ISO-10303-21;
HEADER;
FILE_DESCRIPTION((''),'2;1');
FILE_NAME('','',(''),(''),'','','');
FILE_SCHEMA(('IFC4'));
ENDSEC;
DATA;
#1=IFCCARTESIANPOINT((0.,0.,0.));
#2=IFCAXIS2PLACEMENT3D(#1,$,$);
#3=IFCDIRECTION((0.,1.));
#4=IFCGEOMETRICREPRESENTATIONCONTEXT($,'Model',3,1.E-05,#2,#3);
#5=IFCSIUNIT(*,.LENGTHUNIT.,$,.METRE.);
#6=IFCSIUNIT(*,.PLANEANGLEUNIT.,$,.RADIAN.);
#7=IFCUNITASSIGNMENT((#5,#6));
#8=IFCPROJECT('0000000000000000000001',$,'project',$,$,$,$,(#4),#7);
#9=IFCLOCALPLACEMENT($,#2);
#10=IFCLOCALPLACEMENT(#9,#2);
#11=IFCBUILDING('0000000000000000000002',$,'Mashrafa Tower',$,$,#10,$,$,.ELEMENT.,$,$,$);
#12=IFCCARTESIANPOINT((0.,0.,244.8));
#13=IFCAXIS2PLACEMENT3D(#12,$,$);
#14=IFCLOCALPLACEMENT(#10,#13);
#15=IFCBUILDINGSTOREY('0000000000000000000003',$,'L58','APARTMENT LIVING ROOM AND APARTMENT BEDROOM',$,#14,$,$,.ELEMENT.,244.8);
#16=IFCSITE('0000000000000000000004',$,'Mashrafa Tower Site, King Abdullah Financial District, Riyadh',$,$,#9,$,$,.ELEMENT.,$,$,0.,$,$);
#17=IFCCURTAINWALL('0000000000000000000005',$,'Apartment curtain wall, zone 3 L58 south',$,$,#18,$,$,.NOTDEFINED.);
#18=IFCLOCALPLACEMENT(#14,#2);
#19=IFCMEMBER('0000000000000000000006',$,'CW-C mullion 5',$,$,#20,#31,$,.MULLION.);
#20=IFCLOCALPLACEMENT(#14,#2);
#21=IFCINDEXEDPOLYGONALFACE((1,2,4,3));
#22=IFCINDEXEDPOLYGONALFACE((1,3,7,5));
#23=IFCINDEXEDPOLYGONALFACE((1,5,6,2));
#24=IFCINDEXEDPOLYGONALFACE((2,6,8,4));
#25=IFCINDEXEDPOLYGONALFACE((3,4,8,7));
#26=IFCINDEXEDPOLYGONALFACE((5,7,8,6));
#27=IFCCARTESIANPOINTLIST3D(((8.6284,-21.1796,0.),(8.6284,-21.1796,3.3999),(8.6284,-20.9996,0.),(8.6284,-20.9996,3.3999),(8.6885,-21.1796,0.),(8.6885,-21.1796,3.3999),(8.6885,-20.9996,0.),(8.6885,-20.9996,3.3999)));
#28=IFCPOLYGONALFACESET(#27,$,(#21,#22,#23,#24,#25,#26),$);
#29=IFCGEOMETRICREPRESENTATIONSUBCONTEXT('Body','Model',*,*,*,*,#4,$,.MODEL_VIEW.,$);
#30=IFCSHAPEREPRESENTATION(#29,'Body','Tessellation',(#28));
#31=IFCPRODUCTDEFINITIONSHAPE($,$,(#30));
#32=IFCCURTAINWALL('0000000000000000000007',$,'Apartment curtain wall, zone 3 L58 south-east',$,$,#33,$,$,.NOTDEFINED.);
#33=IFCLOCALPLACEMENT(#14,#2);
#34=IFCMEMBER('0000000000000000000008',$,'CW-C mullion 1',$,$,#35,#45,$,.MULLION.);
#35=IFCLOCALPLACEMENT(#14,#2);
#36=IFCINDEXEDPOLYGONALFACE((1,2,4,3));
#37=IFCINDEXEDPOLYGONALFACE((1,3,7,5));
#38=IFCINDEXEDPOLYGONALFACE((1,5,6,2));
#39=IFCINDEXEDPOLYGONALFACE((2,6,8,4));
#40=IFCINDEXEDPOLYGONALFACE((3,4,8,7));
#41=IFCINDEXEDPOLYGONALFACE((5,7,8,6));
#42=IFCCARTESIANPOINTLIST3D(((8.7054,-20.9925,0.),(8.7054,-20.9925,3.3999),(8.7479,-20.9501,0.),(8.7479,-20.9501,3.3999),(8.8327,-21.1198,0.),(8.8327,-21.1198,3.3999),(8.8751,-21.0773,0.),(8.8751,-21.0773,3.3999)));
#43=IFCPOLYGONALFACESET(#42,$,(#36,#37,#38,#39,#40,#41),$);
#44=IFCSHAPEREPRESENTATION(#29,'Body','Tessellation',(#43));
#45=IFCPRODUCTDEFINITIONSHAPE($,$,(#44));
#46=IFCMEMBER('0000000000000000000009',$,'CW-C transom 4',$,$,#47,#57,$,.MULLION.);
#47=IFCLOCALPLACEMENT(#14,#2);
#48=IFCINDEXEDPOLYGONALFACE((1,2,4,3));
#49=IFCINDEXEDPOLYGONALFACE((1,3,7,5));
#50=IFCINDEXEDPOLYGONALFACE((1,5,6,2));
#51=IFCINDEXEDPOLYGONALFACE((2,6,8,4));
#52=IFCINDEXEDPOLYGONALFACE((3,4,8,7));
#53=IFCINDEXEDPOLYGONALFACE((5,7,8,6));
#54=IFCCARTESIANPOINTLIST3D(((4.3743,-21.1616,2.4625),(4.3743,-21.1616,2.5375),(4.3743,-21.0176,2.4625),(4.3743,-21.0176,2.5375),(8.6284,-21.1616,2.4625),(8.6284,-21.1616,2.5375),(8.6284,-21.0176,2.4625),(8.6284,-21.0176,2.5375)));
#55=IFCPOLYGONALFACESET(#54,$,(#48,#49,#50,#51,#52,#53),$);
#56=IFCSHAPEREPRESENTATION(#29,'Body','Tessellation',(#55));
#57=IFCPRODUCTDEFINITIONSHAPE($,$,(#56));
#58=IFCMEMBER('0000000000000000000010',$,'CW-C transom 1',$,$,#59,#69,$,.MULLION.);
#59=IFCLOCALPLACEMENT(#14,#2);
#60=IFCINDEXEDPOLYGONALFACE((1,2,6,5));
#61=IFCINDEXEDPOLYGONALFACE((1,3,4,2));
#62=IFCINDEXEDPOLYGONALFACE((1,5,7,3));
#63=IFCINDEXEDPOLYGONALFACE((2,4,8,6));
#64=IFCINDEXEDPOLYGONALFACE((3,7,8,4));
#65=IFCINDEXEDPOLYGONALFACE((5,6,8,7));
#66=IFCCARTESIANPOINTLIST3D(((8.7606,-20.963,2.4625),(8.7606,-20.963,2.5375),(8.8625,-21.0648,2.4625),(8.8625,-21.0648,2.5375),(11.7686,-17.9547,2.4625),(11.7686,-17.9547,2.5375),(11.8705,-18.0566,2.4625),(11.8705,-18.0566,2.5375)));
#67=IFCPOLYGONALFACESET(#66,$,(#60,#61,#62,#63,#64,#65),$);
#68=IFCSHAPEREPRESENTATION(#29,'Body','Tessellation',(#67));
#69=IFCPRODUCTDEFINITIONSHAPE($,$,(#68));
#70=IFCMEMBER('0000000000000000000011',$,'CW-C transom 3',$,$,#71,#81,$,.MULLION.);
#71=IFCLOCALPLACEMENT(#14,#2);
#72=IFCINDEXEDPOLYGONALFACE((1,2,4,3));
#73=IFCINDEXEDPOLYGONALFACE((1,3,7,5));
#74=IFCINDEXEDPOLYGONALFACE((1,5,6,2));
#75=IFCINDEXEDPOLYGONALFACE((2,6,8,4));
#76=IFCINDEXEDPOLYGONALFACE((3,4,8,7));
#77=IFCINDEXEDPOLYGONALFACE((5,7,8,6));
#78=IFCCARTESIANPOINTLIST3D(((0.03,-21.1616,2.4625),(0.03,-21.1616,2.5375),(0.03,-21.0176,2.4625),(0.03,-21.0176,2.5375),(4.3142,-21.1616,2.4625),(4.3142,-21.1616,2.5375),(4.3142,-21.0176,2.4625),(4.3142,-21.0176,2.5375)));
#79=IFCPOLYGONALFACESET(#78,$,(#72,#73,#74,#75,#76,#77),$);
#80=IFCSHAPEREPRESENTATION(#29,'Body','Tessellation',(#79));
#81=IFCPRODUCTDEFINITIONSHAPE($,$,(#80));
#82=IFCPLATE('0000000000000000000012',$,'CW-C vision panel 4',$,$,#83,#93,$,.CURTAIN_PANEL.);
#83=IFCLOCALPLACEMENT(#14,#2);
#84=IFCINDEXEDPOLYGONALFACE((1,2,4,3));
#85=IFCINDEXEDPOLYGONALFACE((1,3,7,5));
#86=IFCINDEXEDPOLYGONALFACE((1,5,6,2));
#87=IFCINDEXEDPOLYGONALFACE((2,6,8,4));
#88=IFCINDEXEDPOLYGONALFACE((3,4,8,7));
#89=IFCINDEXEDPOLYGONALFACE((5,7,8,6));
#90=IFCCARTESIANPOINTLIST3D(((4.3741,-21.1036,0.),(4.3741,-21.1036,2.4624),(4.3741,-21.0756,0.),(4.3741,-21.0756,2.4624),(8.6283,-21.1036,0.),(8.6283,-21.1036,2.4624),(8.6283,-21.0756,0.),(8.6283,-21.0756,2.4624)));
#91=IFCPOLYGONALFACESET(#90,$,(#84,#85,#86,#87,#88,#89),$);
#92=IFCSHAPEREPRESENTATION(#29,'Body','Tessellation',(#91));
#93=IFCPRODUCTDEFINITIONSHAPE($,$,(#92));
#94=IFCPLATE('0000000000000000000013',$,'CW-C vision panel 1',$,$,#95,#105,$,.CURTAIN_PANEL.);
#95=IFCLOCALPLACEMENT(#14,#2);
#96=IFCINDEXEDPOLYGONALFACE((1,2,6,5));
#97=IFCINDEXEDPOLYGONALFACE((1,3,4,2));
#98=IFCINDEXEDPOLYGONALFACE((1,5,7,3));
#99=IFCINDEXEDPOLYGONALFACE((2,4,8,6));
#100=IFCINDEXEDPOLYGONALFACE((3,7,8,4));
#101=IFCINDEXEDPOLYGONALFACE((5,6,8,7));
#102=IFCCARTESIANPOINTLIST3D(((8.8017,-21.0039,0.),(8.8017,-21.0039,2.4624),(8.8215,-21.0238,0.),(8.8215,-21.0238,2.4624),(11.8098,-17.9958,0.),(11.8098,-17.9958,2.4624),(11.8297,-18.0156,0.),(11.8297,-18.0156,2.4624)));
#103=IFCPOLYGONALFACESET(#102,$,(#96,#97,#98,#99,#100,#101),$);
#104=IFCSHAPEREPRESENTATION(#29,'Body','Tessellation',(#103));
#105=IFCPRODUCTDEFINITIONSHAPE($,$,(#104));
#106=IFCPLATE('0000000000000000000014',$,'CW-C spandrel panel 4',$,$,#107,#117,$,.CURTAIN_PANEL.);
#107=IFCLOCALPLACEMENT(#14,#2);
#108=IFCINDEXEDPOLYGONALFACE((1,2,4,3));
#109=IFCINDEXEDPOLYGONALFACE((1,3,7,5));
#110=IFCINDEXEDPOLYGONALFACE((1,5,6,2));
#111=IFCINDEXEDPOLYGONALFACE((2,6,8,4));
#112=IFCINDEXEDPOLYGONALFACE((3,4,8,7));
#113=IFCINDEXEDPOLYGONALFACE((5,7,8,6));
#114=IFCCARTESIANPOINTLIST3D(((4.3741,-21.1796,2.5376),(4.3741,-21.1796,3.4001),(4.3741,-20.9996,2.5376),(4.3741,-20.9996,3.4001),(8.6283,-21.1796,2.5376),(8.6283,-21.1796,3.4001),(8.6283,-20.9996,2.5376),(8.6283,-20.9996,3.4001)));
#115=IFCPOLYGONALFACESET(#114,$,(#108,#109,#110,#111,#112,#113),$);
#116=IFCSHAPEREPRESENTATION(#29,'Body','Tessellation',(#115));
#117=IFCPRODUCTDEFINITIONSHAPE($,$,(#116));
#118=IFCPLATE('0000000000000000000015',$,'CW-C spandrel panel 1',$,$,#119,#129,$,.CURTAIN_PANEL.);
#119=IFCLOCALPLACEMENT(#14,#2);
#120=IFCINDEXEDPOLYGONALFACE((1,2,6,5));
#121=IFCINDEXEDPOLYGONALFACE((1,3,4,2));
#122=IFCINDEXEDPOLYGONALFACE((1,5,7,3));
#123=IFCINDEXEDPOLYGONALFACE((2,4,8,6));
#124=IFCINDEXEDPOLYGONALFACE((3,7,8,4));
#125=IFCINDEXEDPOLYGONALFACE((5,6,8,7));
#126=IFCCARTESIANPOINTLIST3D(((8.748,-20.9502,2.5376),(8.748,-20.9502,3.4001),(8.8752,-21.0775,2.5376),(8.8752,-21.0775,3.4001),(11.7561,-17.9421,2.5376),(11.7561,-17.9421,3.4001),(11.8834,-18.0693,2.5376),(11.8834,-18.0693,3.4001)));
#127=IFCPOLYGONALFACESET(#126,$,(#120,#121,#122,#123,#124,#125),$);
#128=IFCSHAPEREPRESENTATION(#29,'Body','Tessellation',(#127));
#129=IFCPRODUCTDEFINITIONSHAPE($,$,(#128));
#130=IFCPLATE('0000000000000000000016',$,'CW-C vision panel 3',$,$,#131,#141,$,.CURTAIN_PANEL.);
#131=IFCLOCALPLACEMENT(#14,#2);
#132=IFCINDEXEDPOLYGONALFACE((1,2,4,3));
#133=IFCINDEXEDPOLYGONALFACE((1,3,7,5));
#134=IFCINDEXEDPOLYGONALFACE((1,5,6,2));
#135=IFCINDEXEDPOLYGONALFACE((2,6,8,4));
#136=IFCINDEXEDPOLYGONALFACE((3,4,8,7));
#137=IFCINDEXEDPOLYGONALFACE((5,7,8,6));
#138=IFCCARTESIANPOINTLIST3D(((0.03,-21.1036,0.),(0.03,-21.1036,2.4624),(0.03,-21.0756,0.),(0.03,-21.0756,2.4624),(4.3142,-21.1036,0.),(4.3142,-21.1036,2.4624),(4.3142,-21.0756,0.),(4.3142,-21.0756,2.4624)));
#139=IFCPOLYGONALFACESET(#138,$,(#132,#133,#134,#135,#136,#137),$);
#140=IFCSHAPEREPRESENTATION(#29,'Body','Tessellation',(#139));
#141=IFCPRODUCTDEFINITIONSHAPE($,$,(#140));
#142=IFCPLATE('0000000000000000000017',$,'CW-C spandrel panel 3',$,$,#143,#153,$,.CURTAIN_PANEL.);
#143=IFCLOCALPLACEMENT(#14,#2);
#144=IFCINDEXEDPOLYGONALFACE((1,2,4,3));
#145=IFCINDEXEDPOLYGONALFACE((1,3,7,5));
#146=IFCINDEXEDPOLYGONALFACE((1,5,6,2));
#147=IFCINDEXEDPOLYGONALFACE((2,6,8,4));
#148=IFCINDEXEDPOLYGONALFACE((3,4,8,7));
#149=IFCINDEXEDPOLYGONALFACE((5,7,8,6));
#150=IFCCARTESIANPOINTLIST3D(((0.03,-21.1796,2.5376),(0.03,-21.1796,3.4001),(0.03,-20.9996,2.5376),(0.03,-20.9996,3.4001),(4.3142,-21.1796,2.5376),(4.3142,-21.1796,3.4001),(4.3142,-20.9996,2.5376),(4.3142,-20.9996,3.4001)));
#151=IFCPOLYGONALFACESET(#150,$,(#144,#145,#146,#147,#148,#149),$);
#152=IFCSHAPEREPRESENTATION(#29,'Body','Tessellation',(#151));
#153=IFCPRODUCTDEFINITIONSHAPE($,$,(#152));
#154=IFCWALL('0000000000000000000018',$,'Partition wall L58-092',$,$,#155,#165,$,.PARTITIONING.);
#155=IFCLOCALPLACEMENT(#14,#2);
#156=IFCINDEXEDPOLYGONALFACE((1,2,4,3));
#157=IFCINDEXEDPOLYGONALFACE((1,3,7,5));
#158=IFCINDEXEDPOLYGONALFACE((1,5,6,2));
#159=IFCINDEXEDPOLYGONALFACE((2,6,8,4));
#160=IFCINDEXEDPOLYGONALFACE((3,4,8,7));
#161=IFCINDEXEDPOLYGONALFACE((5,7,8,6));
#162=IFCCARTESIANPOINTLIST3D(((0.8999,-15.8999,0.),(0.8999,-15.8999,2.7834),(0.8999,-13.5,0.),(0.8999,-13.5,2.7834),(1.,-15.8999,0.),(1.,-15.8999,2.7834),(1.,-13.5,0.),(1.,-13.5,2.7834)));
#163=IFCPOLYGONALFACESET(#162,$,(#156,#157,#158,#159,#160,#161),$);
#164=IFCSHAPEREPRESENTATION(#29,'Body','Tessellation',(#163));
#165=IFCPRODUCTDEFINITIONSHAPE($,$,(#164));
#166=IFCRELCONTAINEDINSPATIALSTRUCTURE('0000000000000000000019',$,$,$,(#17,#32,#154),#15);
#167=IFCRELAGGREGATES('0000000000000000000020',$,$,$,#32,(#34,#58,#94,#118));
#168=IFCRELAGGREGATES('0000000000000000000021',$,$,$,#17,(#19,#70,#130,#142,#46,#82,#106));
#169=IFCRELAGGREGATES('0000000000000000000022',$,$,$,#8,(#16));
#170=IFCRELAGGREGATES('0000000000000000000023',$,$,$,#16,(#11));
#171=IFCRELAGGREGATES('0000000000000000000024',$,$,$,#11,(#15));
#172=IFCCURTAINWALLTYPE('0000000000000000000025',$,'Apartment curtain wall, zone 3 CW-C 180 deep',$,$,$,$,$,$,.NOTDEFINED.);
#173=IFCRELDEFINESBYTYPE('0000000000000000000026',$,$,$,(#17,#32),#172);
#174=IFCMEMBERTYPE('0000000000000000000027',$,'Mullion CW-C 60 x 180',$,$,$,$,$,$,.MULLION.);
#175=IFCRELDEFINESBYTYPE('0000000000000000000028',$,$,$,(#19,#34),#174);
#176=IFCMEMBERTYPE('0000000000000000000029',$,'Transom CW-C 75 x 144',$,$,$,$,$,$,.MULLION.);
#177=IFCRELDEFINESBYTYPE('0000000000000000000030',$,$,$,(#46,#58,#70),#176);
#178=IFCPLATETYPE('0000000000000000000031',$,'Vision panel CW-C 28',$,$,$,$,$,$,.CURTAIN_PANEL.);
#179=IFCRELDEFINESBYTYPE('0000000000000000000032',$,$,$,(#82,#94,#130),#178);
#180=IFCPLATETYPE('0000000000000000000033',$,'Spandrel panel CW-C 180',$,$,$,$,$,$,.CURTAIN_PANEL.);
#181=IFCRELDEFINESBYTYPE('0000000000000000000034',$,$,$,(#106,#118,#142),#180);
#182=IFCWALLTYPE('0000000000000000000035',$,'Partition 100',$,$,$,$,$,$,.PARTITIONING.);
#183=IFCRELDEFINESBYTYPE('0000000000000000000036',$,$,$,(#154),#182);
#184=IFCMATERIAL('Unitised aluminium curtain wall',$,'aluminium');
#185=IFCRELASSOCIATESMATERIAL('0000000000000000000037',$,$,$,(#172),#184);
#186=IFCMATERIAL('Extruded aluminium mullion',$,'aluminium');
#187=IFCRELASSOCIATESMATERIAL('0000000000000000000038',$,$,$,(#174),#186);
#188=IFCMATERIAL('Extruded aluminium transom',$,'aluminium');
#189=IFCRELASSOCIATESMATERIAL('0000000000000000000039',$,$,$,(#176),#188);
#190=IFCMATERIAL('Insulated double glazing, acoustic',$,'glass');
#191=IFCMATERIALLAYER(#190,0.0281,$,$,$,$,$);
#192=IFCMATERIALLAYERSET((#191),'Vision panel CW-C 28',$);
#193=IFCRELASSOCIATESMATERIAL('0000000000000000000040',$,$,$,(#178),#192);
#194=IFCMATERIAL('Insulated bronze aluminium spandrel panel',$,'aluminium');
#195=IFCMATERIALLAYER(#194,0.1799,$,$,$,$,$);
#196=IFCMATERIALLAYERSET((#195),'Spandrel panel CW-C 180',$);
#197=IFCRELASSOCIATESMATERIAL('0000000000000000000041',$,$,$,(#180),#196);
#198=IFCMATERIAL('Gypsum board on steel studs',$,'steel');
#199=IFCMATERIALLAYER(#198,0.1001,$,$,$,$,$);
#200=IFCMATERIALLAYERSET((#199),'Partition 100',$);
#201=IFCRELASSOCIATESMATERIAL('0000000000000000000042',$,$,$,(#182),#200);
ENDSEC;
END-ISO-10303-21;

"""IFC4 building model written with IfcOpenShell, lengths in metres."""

from ifc_helpers import new_model, si_unit, direction, frame, frame_2d, origin, origin_2d, place, context, subcontext, project, spatial, rectangle, extrude, source, transform, mapped, material, layer, layer_set, material_profile, profile_set, type_object, type_shapes, element, aggregate, save


model = new_model("IFC4")

# Units and contexts
model_context = context("Model", 3, precision=1e-05, world=origin(), true_north=direction((0.0, 1.0)))
body_context = subcontext(model_context, "Body", "Model", "MODEL_VIEW")
ifc_project = project(units=[si_unit("LENGTHUNIT", "METRE"), si_unit("PLANEANGLEUNIT", "RADIAN")], contexts=[model_context])

# Site, building, storey
site_placement = place(None, origin())
site = spatial("IfcSite", under=ifc_project, at=site_placement, Name="Mashrafa Tower Site, King Abdullah Financial District, Riyadh", CompositionType="ELEMENT", RefElevation=0.0)
building_placement = place(site_placement, origin())
building = spatial("IfcBuilding", under=site, at=building_placement, Name="Mashrafa Tower", CompositionType="ELEMENT")
storey_placement = place(building_placement, frame((0.0, 0.0, 244.8)))
storey = spatial("IfcBuildingStorey", under=building, at=storey_placement, Name="L58", Description="APARTMENT LIVING ROOM AND APARTMENT BEDROOM", CompositionType="ELEMENT", Elevation=244.8)

# Curtain wall, member
ifc_material_1 = material(Name="Unitised aluminium curtain wall", Category="aluminium")
curtain_wall_type = type_object("IfcCurtainWallType", Name="Apartment curtain wall, zone 3 CW-C 180 deep", PredefinedType="NOTDEFINED", material=ifc_material_1)
curtain_wall_1_placement = place(storey_placement, origin())
curtain_wall_1 = element("IfcCurtainWall", 1, at=curtain_wall_1_placement, inside=storey, type_object=curtain_wall_type, Name="Apartment curtain wall, zone 3 L58 south", PredefinedType="NOTDEFINED")
ifc_material_2 = material(Name="Extruded aluminium mullion", Category="aluminium")
ifc_material_profile_1 = material_profile(ifc_material_2, rectangle(XDim=0.1799, YDim=0.0601, at=origin_2d()), Name="Mullion 60x180")
ifc_profile_set_1 = profile_set([ifc_material_profile_1], Name="Extruded aluminium mullion")
member_type_1 = type_object("IfcMemberType", Name="Mullion CW-C 60 x 180", PredefinedType="MULLION", material=ifc_profile_set_1)
shared_shape_1 = source(origin(), body_context, "Body", "SweptSolid", [
    extrude(rectangle(XDim=0.1799, YDim=0.0601, at=origin_2d()), origin(), (0.0, 0.0, 1.0), 3.3999),
])
type_shapes(member_type_1, [shared_shape_1])
member_1_placement = place(storey_placement, frame((8.6584, -21.0896, 0.0), z_axis=(0.0, 0.0, 1.0), x_axis=(0.0, 1.0, 0.0)))
member_1 = element("IfcMember", 2, at=member_1_placement, type_object=member_type_1, Name="CW-C mullion 5", PredefinedType="MULLION", context=body_context, shape_type="MappedRepresentation", body=[
    mapped(shared_shape_1, transform((0.0, 0.0, 0.0))),
])

# Curtain wall, member
curtain_wall_2_placement = place(storey_placement, origin())
curtain_wall_2 = element("IfcCurtainWall", 3, at=curtain_wall_2_placement, inside=storey, type_object=curtain_wall_type, Name="Apartment curtain wall, zone 3 L58 south-east", PredefinedType="NOTDEFINED")
member_2_placement = place(storey_placement, frame((8.7903, -21.0349, 0.0), z_axis=(0.0, 0.0, 1.0), x_axis=(-0.707107, 0.707107, 0.0)))
member_2 = element("IfcMember", 4, at=member_2_placement, type_object=member_type_1, Name="CW-C mullion 1", PredefinedType="MULLION", context=body_context, shape_type="MappedRepresentation", body=[
    mapped(shared_shape_1, transform((0.0, 0.0, 0.0))),
])

# Members
ifc_material_3 = material(Name="Extruded aluminium transom", Category="aluminium")
ifc_material_profile_2 = material_profile(ifc_material_3, rectangle(XDim=0.144, YDim=0.075, at=origin_2d()), Name="Transom 75x144")
ifc_profile_set_2 = profile_set([ifc_material_profile_2], Name="Extruded aluminium transom")
member_type_2 = type_object("IfcMemberType", Name="Transom CW-C 75 x 144", PredefinedType="MULLION", material=ifc_profile_set_2)
shared_shape_2 = source(origin(), body_context, "Body", "SweptSolid", [
    extrude(rectangle(XDim=0.144, YDim=0.075, at=origin_2d()), origin(), (0.0, 0.0, 1.0), 4.2542),
])
member_3_placement = place(storey_placement, frame((4.3743, -21.0896, 2.5), z_axis=(1.0, 0.0, 0.0), x_axis=(0.0, 1.0, 0.0)))
member_3 = element("IfcMember", 5, at=member_3_placement, type_object=member_type_2, Name="CW-C transom 4", PredefinedType="MULLION", context=body_context, shape_type="MappedRepresentation", body=[
    mapped(shared_shape_2, transform((0.0, 0.0, 0.0))),
])
member_4_placement = place(storey_placement, frame((8.8115, -21.0139, 2.5), z_axis=(0.707078, 0.707135, 0.0), x_axis=(-0.707135, 0.707078, 0.0)))
member_4 = element("IfcMember", 6, at=member_4_placement, type_object=member_type_2, Name="CW-C transom 1", PredefinedType="MULLION", context=body_context, shape_type="MappedRepresentation", body=[
    mapped(shared_shape_2, transform((0.0, 0.0, 0.0))),
])
shared_shape_3 = source(origin(), body_context, "Body", "SweptSolid", [
    extrude(rectangle(XDim=0.144, YDim=0.075, at=origin_2d()), origin(), (0.0, 0.0, 1.0), 4.2842),
])
type_shapes(member_type_2, [shared_shape_2, shared_shape_3])
member_5_placement = place(storey_placement, frame((0.03, -21.0896, 2.5), z_axis=(1.0, 0.0, 0.0), x_axis=(0.0, 1.0, 0.0)))
member_5 = element("IfcMember", 7, at=member_5_placement, type_object=member_type_2, Name="CW-C transom 3", PredefinedType="MULLION", context=body_context, shape_type="MappedRepresentation", body=[
    mapped(shared_shape_3, transform((0.0, 0.0, 0.0))),
])

# Plates
ifc_material_4 = material(Name="Insulated double glazing, acoustic", Category="glass")
ifc_layer_1 = layer(ifc_material_4, 0.0281)
ifc_layer_set_1 = layer_set([ifc_layer_1], Name="Vision panel CW-C 28")
plate_type_1 = type_object("IfcPlateType", Name="Vision panel CW-C 28", PredefinedType="CURTAIN_PANEL", material=ifc_layer_set_1)
shared_shape_4 = source(origin(), body_context, "Body", "SweptSolid", [
    extrude(rectangle(XDim=4.2542, YDim=0.0281, at=origin_2d()), origin(), (0.0, 0.0, 1.0), 2.4624),
])
plate_1_placement = place(storey_placement, frame((6.5012, -21.0896, 0.0), z_axis=(0.0, 0.0, 1.0), x_axis=(1.0, 0.0, 0.0)))
plate_1 = element("IfcPlate", 8, at=plate_1_placement, type_object=plate_type_1, Name="CW-C vision panel 4", PredefinedType="CURTAIN_PANEL", context=body_context, shape_type="MappedRepresentation", body=[
    mapped(shared_shape_4, transform((0.0, 0.0, 0.0))),
])
plate_2_placement = place(storey_placement, frame((10.3157, -19.5098, 0.0), z_axis=(0.0, 0.0, 1.0), x_axis=(0.707107, 0.707107, 0.0)))
plate_2 = element("IfcPlate", 9, at=plate_2_placement, type_object=plate_type_1, Name="CW-C vision panel 1", PredefinedType="CURTAIN_PANEL", context=body_context, shape_type="MappedRepresentation", body=[
    mapped(shared_shape_4, transform((0.0, 0.0, 0.0))),
])
ifc_material_5 = material(Name="Insulated bronze aluminium spandrel panel", Category="aluminium")
ifc_layer_2 = layer(ifc_material_5, 0.1799)
ifc_layer_set_2 = layer_set([ifc_layer_2], Name="Spandrel panel CW-C 180")
plate_type_2 = type_object("IfcPlateType", Name="Spandrel panel CW-C 180", PredefinedType="CURTAIN_PANEL", material=ifc_layer_set_2)
shared_shape_5 = source(origin(), body_context, "Body", "SweptSolid", [
    extrude(rectangle(XDim=4.2542, YDim=0.1799, at=origin_2d()), origin(), (0.0, 0.0, 1.0), 0.8625),
])
plate_3_placement = place(storey_placement, frame((6.5012, -21.0896, 2.5376), z_axis=(0.0, 0.0, 1.0), x_axis=(1.0, 0.0, 0.0)))
plate_3 = element("IfcPlate", 10, at=plate_3_placement, type_object=plate_type_2, Name="CW-C spandrel panel 4", PredefinedType="CURTAIN_PANEL", context=body_context, shape_type="MappedRepresentation", body=[
    mapped(shared_shape_5, transform((0.0, 0.0, 0.0))),
])
plate_4_placement = place(storey_placement, frame((10.3157, -19.5098, 2.5376), z_axis=(0.0, 0.0, 1.0), x_axis=(0.707107, 0.707107, 0.0)))
plate_4 = element("IfcPlate", 11, at=plate_4_placement, type_object=plate_type_2, Name="CW-C spandrel panel 1", PredefinedType="CURTAIN_PANEL", context=body_context, shape_type="MappedRepresentation", body=[
    mapped(shared_shape_5, transform((0.0, 0.0, 0.0))),
])
aggregate(curtain_wall_2, [member_2, member_4, plate_2, plate_4])
shared_shape_6 = source(origin(), body_context, "Body", "SweptSolid", [
    extrude(rectangle(XDim=4.2842, YDim=0.0281, at=origin_2d()), origin(), (0.0, 0.0, 1.0), 2.4624),
])
type_shapes(plate_type_1, [shared_shape_4, shared_shape_6])
plate_5_placement = place(storey_placement, frame((2.1721, -21.0896, 0.0), z_axis=(0.0, 0.0, 1.0), x_axis=(1.0, 0.0, 0.0)))
plate_5 = element("IfcPlate", 12, at=plate_5_placement, type_object=plate_type_1, Name="CW-C vision panel 3", PredefinedType="CURTAIN_PANEL", context=body_context, shape_type="MappedRepresentation", body=[
    mapped(shared_shape_6, transform((0.0, 0.0, 0.0))),
])
shared_shape_7 = source(origin(), body_context, "Body", "SweptSolid", [
    extrude(rectangle(XDim=4.2842, YDim=0.1799, at=origin_2d()), origin(), (0.0, 0.0, 1.0), 0.8625),
])
type_shapes(plate_type_2, [shared_shape_5, shared_shape_7])
plate_6_placement = place(storey_placement, frame((2.1721, -21.0896, 2.5376), z_axis=(0.0, 0.0, 1.0), x_axis=(1.0, 0.0, 0.0)))
plate_6 = element("IfcPlate", 13, at=plate_6_placement, type_object=plate_type_2, Name="CW-C spandrel panel 3", PredefinedType="CURTAIN_PANEL", context=body_context, shape_type="MappedRepresentation", body=[
    mapped(shared_shape_7, transform((0.0, 0.0, 0.0))),
])
aggregate(curtain_wall_1, [member_1, member_5, plate_5, plate_6, member_3, plate_1, plate_3])

# Wall
ifc_material_6 = material(Name="Gypsum board on steel studs", Category="steel")
ifc_layer_3 = layer(ifc_material_6, 0.1001)
ifc_layer_set_3 = layer_set([ifc_layer_3], Name="Partition 100")
wall_type = type_object("IfcWallType", Name="Partition 100", PredefinedType="PARTITIONING", material=ifc_layer_set_3)
wall_1_placement = place(storey_placement, frame((0.95, -15.8999, 0.0), z_axis=(0.0, 0.0, 1.0), x_axis=(0.0, 1.0, 0.0)))
element("IfcWall", 14, at=wall_1_placement, inside=storey, type_object=wall_type, Name="Partition wall L58-092", PredefinedType="PARTITIONING", context=body_context, shape_type="SweptSolid", body=[
    extrude(rectangle(XDim=2.3999, YDim=0.1001, at=frame_2d((1.2, 0.0))), origin(), (0.0, 0.0, 1.0), 2.7834),
])

save(model, "model.ifc")
